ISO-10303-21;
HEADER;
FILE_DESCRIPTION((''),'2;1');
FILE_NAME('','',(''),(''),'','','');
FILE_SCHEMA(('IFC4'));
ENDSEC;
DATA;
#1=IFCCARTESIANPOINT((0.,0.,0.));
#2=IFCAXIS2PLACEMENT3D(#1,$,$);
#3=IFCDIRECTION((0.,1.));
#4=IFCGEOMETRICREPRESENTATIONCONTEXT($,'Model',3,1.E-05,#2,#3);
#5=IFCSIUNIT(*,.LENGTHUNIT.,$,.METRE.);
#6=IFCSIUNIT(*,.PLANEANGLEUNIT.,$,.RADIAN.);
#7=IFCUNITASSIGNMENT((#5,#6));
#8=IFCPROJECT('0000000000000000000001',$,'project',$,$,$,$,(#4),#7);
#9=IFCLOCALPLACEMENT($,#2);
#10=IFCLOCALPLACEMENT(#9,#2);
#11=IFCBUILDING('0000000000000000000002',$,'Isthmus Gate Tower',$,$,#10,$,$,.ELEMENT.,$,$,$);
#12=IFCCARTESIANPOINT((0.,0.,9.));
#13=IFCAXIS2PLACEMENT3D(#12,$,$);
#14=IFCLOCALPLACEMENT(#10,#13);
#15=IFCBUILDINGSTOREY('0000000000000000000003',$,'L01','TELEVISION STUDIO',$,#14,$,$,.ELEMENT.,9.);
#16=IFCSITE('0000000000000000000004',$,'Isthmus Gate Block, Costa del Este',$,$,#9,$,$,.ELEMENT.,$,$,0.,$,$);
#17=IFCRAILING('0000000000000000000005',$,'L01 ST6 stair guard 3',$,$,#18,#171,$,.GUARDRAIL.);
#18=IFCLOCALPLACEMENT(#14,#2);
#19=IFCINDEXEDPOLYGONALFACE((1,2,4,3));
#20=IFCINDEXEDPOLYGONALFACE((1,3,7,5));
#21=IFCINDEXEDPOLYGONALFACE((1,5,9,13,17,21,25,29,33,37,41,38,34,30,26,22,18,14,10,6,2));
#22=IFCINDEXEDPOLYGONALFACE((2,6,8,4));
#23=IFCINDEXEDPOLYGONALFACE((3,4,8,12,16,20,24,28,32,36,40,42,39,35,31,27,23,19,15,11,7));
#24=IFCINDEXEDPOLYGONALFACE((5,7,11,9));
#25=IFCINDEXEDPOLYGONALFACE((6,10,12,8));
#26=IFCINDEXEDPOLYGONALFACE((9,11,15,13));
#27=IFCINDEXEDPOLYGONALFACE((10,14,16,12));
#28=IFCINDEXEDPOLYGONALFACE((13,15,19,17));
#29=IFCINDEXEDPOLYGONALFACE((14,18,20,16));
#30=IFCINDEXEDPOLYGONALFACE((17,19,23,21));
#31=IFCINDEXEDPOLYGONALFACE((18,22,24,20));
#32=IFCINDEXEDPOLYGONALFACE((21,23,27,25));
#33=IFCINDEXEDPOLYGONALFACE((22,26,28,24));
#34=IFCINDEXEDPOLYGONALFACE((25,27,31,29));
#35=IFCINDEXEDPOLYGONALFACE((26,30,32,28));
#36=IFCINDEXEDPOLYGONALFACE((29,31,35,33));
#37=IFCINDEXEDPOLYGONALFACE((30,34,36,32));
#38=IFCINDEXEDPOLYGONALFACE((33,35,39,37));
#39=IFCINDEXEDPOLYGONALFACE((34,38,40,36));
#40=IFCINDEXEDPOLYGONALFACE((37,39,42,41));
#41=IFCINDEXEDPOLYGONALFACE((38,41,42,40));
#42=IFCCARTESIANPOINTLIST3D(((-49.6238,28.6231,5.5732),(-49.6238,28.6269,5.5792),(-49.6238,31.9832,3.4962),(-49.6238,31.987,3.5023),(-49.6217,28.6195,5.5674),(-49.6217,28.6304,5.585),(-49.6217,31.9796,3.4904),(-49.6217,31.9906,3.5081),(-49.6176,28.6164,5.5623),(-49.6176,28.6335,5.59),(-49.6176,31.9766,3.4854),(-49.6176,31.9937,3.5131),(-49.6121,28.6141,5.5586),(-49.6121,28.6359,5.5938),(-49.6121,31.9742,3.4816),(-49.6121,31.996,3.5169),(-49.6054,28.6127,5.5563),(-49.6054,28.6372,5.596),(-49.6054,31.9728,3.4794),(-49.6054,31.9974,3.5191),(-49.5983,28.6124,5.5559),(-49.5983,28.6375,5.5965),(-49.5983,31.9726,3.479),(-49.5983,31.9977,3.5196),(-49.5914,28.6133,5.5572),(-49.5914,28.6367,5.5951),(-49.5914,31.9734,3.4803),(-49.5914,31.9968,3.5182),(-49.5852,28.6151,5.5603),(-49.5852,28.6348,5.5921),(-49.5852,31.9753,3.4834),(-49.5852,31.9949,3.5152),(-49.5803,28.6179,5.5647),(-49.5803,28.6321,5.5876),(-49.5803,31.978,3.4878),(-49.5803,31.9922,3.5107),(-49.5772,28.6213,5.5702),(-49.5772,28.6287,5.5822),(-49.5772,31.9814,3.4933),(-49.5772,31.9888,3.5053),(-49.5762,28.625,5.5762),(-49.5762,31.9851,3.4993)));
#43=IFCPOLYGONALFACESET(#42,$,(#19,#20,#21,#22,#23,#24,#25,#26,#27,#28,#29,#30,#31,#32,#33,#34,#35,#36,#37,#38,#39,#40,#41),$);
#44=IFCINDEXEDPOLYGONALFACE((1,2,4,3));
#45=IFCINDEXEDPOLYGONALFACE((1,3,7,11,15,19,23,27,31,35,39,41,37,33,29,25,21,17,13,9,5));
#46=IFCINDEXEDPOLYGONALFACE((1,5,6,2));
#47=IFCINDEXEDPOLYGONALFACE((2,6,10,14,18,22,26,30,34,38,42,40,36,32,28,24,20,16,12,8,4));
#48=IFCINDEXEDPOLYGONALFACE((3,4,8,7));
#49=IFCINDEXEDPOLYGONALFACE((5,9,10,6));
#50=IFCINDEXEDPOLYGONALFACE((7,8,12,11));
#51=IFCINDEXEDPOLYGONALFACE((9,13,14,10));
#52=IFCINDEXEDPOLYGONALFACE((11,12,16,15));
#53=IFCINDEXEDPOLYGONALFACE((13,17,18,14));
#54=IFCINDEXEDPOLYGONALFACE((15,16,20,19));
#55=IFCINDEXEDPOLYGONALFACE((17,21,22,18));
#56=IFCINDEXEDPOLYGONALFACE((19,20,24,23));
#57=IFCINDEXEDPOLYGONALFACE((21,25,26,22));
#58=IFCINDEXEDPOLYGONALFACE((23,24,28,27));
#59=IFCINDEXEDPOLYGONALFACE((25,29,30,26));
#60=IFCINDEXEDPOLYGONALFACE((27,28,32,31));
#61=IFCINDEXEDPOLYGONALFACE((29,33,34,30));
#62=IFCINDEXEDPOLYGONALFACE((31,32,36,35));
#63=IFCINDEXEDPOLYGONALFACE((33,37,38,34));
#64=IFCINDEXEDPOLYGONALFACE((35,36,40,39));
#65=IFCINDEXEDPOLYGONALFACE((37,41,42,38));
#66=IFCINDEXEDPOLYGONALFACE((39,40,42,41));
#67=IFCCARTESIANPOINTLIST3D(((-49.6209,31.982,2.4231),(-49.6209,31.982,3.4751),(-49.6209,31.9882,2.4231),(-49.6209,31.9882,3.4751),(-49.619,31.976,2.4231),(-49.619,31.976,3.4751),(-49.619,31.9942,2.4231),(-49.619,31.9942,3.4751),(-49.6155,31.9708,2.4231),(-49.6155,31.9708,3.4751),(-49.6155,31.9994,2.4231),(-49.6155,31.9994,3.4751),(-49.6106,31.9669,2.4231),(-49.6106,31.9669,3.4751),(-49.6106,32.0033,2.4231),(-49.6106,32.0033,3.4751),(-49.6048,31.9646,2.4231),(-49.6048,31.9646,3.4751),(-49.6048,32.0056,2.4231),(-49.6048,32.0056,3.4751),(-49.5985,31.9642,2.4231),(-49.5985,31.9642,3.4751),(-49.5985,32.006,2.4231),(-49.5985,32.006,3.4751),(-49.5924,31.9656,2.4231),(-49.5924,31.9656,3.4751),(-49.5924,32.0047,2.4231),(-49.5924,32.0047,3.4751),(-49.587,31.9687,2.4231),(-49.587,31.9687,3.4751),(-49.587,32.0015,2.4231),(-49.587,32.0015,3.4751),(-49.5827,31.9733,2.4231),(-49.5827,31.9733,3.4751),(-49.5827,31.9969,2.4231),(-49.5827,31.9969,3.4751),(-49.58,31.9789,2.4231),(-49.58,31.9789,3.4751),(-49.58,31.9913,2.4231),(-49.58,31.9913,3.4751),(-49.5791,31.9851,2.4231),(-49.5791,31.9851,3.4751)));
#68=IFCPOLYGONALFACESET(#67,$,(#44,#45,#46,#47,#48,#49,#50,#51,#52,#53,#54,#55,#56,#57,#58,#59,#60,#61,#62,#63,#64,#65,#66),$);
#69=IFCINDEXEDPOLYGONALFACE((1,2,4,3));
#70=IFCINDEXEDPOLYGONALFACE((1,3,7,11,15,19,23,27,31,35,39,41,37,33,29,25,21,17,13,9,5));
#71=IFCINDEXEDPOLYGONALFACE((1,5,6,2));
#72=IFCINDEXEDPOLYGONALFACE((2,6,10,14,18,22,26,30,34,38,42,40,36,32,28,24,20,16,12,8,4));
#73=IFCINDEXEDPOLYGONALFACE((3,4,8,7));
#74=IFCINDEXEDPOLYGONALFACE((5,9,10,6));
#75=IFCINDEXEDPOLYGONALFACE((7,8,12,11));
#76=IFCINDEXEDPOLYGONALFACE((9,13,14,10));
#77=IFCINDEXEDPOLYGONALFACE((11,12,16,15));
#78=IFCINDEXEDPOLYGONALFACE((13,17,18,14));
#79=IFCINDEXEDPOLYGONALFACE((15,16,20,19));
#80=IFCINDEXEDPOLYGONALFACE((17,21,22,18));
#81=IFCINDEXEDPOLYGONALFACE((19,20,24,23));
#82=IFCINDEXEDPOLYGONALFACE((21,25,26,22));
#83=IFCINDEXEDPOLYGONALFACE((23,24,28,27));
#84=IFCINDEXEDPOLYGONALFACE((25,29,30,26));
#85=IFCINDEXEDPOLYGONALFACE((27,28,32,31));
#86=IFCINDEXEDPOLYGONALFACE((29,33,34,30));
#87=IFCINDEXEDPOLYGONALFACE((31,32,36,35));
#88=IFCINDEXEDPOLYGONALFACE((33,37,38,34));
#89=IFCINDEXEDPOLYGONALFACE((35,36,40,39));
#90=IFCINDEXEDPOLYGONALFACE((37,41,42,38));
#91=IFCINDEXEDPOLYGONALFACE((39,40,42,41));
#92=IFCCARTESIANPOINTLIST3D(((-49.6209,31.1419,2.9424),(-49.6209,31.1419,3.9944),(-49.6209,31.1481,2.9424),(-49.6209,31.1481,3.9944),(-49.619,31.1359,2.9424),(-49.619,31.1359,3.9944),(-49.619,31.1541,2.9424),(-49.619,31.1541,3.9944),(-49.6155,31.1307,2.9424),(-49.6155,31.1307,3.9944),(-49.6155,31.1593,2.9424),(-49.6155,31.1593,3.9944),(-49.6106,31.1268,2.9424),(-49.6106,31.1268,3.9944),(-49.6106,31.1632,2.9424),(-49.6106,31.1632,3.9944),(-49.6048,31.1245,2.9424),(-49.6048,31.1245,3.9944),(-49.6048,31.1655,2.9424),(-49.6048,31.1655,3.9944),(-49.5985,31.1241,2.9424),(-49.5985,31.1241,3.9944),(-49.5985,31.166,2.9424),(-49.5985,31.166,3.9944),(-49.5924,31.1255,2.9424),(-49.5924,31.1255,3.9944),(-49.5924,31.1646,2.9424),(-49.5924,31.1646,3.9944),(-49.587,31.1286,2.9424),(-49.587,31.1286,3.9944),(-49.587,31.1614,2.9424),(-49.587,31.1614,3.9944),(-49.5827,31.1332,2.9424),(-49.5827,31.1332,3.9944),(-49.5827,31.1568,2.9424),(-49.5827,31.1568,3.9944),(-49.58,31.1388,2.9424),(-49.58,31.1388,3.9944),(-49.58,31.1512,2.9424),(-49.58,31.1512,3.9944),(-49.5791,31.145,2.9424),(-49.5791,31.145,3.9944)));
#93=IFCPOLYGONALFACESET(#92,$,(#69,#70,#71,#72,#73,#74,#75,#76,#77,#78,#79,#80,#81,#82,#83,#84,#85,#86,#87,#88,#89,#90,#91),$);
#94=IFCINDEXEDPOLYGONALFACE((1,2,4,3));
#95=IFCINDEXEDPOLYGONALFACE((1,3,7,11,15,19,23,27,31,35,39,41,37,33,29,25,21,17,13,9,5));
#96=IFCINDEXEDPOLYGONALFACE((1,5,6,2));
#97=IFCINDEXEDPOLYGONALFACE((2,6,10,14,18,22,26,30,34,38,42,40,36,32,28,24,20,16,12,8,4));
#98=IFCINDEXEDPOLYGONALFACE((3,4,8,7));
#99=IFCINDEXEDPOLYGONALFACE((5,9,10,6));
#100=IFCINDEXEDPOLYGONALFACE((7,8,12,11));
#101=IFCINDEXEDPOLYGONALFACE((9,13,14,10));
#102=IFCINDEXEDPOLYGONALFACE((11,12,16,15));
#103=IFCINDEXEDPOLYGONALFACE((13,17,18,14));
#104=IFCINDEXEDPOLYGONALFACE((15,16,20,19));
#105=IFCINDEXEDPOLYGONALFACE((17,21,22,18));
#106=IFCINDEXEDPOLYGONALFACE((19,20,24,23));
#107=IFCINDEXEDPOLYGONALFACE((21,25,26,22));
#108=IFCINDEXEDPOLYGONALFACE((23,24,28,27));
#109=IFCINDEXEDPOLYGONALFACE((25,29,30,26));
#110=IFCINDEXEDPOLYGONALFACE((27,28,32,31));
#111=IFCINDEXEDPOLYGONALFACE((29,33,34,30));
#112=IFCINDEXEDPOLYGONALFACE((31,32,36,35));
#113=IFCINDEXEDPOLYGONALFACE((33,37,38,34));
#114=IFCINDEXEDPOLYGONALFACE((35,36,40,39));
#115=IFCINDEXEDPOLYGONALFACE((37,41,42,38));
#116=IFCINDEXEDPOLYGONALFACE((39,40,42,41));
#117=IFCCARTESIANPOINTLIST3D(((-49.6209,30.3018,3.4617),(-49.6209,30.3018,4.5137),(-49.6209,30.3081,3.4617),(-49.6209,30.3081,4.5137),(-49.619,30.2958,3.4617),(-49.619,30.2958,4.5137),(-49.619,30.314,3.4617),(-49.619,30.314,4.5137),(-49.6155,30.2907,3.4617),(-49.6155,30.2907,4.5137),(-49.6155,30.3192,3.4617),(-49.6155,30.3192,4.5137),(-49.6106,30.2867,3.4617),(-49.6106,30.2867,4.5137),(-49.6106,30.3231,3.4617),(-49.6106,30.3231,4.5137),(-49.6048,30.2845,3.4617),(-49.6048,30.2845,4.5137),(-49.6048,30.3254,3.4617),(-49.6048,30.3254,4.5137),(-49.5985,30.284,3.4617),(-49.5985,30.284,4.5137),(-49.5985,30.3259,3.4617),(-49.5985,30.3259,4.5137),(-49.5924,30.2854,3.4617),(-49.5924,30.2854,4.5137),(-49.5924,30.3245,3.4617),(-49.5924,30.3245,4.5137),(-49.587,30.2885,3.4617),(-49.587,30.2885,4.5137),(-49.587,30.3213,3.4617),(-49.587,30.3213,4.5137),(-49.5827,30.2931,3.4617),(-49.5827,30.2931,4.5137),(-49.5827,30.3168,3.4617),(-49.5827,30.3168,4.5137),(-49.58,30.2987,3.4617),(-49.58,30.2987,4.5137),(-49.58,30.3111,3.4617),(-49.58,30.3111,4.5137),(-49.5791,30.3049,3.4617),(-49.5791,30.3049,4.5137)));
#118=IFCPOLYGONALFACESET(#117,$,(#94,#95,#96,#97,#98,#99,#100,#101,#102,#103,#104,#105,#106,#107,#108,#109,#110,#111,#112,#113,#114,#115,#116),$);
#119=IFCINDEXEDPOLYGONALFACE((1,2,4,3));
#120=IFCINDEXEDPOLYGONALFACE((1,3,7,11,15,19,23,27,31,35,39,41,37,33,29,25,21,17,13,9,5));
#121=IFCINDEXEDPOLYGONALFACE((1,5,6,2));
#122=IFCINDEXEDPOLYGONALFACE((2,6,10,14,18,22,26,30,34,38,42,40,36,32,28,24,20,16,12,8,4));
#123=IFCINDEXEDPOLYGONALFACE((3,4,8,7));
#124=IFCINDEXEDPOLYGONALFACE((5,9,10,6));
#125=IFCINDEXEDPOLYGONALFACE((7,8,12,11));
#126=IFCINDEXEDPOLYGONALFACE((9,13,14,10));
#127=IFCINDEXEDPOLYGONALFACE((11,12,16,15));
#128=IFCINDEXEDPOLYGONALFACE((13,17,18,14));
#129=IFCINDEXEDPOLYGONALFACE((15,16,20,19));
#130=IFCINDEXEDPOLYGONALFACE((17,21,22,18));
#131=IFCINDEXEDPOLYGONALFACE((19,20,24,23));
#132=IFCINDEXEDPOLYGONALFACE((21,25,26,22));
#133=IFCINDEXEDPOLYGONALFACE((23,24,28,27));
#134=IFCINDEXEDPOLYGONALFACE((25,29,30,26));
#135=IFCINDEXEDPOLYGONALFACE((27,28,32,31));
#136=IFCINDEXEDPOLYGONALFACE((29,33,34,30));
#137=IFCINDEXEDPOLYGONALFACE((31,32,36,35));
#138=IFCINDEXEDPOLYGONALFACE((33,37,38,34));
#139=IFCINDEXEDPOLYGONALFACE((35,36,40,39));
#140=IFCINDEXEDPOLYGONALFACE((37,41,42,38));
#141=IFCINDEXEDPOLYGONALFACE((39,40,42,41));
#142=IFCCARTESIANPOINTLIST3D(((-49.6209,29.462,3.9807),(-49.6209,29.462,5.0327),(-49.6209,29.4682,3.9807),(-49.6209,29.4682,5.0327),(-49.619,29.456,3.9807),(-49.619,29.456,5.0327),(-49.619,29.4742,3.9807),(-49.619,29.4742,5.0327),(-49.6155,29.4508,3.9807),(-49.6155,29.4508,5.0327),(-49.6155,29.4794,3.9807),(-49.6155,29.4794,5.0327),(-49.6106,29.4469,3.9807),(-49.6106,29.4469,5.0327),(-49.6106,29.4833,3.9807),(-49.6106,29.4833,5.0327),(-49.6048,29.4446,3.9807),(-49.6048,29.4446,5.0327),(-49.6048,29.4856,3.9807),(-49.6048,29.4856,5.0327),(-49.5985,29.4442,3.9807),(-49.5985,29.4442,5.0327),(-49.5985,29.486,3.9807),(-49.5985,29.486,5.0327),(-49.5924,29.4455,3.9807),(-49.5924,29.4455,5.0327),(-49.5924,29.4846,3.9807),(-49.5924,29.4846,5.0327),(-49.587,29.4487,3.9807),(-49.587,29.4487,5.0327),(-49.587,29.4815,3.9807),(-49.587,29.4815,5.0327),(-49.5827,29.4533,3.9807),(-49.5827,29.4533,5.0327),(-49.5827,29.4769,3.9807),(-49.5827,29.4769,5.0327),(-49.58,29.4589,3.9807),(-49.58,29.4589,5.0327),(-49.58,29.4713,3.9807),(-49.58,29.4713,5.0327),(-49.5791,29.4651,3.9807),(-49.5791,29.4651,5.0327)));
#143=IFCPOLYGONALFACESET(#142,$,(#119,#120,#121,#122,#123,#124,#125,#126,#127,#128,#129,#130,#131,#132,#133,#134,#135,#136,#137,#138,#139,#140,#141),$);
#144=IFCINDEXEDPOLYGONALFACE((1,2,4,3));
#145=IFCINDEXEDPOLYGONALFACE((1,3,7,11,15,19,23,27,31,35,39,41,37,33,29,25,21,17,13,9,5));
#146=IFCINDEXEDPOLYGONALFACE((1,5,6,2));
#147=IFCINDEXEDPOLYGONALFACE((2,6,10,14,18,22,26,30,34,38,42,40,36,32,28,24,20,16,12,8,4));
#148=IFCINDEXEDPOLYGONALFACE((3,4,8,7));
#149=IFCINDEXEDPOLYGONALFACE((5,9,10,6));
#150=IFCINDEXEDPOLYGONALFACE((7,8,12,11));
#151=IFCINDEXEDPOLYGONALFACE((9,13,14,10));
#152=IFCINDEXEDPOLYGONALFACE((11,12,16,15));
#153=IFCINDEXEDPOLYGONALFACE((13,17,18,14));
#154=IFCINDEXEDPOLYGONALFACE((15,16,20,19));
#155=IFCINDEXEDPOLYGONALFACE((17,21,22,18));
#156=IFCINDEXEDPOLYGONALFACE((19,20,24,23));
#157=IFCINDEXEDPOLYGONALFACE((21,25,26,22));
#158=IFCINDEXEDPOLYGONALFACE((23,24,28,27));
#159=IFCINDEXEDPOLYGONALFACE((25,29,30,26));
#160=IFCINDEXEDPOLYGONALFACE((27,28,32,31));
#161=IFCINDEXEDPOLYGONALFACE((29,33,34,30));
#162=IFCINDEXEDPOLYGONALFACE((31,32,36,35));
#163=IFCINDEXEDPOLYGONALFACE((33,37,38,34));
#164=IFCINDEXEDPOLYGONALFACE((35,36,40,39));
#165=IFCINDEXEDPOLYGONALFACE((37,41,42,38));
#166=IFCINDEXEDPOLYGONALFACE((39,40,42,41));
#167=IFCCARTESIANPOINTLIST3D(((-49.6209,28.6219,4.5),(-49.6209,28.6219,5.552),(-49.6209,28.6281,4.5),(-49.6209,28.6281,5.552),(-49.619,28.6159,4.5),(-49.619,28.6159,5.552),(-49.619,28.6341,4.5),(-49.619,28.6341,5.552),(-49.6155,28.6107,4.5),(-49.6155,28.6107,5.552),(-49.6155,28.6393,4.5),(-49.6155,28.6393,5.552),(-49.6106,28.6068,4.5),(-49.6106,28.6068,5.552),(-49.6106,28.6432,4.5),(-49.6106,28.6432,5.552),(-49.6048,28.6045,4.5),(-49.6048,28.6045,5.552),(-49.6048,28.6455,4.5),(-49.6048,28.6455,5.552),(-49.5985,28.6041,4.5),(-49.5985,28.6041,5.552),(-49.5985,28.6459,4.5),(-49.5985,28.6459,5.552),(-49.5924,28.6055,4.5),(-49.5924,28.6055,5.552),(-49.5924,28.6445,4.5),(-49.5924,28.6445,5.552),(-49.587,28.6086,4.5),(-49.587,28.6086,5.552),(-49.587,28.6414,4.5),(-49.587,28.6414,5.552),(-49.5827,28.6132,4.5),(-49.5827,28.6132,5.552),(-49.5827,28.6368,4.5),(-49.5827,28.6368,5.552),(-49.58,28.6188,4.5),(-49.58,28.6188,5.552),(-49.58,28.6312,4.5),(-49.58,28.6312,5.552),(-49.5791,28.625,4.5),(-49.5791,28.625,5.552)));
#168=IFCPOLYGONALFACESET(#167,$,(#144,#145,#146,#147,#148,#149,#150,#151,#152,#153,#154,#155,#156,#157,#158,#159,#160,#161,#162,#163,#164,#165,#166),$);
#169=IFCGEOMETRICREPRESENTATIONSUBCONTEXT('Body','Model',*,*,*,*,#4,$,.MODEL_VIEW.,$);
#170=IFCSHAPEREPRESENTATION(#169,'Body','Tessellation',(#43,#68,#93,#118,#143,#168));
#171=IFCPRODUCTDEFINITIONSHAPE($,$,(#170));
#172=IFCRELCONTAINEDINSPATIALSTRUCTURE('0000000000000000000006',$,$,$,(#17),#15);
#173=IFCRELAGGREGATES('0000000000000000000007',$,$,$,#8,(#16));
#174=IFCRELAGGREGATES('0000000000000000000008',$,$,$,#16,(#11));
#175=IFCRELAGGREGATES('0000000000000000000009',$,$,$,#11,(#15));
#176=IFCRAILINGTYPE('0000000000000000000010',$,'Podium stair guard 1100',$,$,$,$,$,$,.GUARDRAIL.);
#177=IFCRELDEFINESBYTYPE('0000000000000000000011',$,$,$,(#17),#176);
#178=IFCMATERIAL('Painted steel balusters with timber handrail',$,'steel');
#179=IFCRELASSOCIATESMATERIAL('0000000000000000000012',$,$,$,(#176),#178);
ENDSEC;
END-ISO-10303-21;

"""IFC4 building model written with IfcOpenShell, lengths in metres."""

from ifc_helpers import new_model, si_unit, direction, frame, origin, origin_2d, place, context, subcontext, project, spatial, circle, extrude, material, type_object, element, save


model = new_model("IFC4")

# Units and contexts
model_context = context("Model", 3, precision=1e-05, world=origin(), true_north=direction((0.0, 1.0)))
body_context = subcontext(model_context, "Body", "Model", "MODEL_VIEW")
ifc_project = project(units=[si_unit("LENGTHUNIT", "METRE"), si_unit("PLANEANGLEUNIT", "RADIAN")], contexts=[model_context])

# Site, building, storey
site_placement = place(None, origin())
site = spatial("IfcSite", under=ifc_project, at=site_placement, Name="Isthmus Gate Block, Costa del Este", CompositionType="ELEMENT", RefElevation=0.0)
building_placement = place(site_placement, origin())
building = spatial("IfcBuilding", under=site, at=building_placement, Name="Isthmus Gate Tower", CompositionType="ELEMENT")
storey_placement = place(building_placement, frame((0.0, 0.0, 9.0)))
storey = spatial("IfcBuildingStorey", under=building, at=storey_placement, Name="L01", Description="TELEVISION STUDIO", CompositionType="ELEMENT", Elevation=9.0)

# Railing
ifc_material_1 = material(Name="Painted steel balusters with timber handrail", Category="steel")
railing_type_1 = type_object("IfcRailingType", Name="Podium stair guard 1100", PredefinedType="GUARDRAIL", material=ifc_material_1)
railing_1_placement = place(storey_placement, frame((-49.6001, 31.9851, 2.4231)))
element("IfcRailing", 1, at=railing_1_placement, inside=storey, type_object=railing_type_1, Name="L01 ST6 stair guard 3", PredefinedType="GUARDRAIL", context=body_context, shape_type="SweptSolid", body=[
    extrude(circle(Radius=0.0239, at=origin_2d()), frame((0.0, 0.0, 1.0762), z_axis=(0.0, -0.850623, 0.525776), x_axis=(1.0, 0.0, 0.0)), (0.0, 0.0, 1.0), 3.9502),
    extrude(circle(Radius=0.021, at=origin_2d()), origin(), (0.0, 0.0, 1.0), 1.052),
    extrude(circle(Radius=0.021, at=origin_2d()), frame((0.0, -0.8401, 0.5193)), (0.0, 0.0, 1.0), 1.052),
    extrude(circle(Radius=0.021, at=origin_2d()), frame((0.0, -1.6802, 1.0386)), (0.0, 0.0, 1.0), 1.052),
    extrude(circle(Radius=0.021, at=origin_2d()), frame((0.0, -2.52, 1.5576)), (0.0, 0.0, 1.0), 1.052),
    extrude(circle(Radius=0.021, at=origin_2d()), frame((0.0, -3.3601, 2.0769)), (0.0, 0.0, 1.0), 1.052),
])

save(model, "model.ifc")
